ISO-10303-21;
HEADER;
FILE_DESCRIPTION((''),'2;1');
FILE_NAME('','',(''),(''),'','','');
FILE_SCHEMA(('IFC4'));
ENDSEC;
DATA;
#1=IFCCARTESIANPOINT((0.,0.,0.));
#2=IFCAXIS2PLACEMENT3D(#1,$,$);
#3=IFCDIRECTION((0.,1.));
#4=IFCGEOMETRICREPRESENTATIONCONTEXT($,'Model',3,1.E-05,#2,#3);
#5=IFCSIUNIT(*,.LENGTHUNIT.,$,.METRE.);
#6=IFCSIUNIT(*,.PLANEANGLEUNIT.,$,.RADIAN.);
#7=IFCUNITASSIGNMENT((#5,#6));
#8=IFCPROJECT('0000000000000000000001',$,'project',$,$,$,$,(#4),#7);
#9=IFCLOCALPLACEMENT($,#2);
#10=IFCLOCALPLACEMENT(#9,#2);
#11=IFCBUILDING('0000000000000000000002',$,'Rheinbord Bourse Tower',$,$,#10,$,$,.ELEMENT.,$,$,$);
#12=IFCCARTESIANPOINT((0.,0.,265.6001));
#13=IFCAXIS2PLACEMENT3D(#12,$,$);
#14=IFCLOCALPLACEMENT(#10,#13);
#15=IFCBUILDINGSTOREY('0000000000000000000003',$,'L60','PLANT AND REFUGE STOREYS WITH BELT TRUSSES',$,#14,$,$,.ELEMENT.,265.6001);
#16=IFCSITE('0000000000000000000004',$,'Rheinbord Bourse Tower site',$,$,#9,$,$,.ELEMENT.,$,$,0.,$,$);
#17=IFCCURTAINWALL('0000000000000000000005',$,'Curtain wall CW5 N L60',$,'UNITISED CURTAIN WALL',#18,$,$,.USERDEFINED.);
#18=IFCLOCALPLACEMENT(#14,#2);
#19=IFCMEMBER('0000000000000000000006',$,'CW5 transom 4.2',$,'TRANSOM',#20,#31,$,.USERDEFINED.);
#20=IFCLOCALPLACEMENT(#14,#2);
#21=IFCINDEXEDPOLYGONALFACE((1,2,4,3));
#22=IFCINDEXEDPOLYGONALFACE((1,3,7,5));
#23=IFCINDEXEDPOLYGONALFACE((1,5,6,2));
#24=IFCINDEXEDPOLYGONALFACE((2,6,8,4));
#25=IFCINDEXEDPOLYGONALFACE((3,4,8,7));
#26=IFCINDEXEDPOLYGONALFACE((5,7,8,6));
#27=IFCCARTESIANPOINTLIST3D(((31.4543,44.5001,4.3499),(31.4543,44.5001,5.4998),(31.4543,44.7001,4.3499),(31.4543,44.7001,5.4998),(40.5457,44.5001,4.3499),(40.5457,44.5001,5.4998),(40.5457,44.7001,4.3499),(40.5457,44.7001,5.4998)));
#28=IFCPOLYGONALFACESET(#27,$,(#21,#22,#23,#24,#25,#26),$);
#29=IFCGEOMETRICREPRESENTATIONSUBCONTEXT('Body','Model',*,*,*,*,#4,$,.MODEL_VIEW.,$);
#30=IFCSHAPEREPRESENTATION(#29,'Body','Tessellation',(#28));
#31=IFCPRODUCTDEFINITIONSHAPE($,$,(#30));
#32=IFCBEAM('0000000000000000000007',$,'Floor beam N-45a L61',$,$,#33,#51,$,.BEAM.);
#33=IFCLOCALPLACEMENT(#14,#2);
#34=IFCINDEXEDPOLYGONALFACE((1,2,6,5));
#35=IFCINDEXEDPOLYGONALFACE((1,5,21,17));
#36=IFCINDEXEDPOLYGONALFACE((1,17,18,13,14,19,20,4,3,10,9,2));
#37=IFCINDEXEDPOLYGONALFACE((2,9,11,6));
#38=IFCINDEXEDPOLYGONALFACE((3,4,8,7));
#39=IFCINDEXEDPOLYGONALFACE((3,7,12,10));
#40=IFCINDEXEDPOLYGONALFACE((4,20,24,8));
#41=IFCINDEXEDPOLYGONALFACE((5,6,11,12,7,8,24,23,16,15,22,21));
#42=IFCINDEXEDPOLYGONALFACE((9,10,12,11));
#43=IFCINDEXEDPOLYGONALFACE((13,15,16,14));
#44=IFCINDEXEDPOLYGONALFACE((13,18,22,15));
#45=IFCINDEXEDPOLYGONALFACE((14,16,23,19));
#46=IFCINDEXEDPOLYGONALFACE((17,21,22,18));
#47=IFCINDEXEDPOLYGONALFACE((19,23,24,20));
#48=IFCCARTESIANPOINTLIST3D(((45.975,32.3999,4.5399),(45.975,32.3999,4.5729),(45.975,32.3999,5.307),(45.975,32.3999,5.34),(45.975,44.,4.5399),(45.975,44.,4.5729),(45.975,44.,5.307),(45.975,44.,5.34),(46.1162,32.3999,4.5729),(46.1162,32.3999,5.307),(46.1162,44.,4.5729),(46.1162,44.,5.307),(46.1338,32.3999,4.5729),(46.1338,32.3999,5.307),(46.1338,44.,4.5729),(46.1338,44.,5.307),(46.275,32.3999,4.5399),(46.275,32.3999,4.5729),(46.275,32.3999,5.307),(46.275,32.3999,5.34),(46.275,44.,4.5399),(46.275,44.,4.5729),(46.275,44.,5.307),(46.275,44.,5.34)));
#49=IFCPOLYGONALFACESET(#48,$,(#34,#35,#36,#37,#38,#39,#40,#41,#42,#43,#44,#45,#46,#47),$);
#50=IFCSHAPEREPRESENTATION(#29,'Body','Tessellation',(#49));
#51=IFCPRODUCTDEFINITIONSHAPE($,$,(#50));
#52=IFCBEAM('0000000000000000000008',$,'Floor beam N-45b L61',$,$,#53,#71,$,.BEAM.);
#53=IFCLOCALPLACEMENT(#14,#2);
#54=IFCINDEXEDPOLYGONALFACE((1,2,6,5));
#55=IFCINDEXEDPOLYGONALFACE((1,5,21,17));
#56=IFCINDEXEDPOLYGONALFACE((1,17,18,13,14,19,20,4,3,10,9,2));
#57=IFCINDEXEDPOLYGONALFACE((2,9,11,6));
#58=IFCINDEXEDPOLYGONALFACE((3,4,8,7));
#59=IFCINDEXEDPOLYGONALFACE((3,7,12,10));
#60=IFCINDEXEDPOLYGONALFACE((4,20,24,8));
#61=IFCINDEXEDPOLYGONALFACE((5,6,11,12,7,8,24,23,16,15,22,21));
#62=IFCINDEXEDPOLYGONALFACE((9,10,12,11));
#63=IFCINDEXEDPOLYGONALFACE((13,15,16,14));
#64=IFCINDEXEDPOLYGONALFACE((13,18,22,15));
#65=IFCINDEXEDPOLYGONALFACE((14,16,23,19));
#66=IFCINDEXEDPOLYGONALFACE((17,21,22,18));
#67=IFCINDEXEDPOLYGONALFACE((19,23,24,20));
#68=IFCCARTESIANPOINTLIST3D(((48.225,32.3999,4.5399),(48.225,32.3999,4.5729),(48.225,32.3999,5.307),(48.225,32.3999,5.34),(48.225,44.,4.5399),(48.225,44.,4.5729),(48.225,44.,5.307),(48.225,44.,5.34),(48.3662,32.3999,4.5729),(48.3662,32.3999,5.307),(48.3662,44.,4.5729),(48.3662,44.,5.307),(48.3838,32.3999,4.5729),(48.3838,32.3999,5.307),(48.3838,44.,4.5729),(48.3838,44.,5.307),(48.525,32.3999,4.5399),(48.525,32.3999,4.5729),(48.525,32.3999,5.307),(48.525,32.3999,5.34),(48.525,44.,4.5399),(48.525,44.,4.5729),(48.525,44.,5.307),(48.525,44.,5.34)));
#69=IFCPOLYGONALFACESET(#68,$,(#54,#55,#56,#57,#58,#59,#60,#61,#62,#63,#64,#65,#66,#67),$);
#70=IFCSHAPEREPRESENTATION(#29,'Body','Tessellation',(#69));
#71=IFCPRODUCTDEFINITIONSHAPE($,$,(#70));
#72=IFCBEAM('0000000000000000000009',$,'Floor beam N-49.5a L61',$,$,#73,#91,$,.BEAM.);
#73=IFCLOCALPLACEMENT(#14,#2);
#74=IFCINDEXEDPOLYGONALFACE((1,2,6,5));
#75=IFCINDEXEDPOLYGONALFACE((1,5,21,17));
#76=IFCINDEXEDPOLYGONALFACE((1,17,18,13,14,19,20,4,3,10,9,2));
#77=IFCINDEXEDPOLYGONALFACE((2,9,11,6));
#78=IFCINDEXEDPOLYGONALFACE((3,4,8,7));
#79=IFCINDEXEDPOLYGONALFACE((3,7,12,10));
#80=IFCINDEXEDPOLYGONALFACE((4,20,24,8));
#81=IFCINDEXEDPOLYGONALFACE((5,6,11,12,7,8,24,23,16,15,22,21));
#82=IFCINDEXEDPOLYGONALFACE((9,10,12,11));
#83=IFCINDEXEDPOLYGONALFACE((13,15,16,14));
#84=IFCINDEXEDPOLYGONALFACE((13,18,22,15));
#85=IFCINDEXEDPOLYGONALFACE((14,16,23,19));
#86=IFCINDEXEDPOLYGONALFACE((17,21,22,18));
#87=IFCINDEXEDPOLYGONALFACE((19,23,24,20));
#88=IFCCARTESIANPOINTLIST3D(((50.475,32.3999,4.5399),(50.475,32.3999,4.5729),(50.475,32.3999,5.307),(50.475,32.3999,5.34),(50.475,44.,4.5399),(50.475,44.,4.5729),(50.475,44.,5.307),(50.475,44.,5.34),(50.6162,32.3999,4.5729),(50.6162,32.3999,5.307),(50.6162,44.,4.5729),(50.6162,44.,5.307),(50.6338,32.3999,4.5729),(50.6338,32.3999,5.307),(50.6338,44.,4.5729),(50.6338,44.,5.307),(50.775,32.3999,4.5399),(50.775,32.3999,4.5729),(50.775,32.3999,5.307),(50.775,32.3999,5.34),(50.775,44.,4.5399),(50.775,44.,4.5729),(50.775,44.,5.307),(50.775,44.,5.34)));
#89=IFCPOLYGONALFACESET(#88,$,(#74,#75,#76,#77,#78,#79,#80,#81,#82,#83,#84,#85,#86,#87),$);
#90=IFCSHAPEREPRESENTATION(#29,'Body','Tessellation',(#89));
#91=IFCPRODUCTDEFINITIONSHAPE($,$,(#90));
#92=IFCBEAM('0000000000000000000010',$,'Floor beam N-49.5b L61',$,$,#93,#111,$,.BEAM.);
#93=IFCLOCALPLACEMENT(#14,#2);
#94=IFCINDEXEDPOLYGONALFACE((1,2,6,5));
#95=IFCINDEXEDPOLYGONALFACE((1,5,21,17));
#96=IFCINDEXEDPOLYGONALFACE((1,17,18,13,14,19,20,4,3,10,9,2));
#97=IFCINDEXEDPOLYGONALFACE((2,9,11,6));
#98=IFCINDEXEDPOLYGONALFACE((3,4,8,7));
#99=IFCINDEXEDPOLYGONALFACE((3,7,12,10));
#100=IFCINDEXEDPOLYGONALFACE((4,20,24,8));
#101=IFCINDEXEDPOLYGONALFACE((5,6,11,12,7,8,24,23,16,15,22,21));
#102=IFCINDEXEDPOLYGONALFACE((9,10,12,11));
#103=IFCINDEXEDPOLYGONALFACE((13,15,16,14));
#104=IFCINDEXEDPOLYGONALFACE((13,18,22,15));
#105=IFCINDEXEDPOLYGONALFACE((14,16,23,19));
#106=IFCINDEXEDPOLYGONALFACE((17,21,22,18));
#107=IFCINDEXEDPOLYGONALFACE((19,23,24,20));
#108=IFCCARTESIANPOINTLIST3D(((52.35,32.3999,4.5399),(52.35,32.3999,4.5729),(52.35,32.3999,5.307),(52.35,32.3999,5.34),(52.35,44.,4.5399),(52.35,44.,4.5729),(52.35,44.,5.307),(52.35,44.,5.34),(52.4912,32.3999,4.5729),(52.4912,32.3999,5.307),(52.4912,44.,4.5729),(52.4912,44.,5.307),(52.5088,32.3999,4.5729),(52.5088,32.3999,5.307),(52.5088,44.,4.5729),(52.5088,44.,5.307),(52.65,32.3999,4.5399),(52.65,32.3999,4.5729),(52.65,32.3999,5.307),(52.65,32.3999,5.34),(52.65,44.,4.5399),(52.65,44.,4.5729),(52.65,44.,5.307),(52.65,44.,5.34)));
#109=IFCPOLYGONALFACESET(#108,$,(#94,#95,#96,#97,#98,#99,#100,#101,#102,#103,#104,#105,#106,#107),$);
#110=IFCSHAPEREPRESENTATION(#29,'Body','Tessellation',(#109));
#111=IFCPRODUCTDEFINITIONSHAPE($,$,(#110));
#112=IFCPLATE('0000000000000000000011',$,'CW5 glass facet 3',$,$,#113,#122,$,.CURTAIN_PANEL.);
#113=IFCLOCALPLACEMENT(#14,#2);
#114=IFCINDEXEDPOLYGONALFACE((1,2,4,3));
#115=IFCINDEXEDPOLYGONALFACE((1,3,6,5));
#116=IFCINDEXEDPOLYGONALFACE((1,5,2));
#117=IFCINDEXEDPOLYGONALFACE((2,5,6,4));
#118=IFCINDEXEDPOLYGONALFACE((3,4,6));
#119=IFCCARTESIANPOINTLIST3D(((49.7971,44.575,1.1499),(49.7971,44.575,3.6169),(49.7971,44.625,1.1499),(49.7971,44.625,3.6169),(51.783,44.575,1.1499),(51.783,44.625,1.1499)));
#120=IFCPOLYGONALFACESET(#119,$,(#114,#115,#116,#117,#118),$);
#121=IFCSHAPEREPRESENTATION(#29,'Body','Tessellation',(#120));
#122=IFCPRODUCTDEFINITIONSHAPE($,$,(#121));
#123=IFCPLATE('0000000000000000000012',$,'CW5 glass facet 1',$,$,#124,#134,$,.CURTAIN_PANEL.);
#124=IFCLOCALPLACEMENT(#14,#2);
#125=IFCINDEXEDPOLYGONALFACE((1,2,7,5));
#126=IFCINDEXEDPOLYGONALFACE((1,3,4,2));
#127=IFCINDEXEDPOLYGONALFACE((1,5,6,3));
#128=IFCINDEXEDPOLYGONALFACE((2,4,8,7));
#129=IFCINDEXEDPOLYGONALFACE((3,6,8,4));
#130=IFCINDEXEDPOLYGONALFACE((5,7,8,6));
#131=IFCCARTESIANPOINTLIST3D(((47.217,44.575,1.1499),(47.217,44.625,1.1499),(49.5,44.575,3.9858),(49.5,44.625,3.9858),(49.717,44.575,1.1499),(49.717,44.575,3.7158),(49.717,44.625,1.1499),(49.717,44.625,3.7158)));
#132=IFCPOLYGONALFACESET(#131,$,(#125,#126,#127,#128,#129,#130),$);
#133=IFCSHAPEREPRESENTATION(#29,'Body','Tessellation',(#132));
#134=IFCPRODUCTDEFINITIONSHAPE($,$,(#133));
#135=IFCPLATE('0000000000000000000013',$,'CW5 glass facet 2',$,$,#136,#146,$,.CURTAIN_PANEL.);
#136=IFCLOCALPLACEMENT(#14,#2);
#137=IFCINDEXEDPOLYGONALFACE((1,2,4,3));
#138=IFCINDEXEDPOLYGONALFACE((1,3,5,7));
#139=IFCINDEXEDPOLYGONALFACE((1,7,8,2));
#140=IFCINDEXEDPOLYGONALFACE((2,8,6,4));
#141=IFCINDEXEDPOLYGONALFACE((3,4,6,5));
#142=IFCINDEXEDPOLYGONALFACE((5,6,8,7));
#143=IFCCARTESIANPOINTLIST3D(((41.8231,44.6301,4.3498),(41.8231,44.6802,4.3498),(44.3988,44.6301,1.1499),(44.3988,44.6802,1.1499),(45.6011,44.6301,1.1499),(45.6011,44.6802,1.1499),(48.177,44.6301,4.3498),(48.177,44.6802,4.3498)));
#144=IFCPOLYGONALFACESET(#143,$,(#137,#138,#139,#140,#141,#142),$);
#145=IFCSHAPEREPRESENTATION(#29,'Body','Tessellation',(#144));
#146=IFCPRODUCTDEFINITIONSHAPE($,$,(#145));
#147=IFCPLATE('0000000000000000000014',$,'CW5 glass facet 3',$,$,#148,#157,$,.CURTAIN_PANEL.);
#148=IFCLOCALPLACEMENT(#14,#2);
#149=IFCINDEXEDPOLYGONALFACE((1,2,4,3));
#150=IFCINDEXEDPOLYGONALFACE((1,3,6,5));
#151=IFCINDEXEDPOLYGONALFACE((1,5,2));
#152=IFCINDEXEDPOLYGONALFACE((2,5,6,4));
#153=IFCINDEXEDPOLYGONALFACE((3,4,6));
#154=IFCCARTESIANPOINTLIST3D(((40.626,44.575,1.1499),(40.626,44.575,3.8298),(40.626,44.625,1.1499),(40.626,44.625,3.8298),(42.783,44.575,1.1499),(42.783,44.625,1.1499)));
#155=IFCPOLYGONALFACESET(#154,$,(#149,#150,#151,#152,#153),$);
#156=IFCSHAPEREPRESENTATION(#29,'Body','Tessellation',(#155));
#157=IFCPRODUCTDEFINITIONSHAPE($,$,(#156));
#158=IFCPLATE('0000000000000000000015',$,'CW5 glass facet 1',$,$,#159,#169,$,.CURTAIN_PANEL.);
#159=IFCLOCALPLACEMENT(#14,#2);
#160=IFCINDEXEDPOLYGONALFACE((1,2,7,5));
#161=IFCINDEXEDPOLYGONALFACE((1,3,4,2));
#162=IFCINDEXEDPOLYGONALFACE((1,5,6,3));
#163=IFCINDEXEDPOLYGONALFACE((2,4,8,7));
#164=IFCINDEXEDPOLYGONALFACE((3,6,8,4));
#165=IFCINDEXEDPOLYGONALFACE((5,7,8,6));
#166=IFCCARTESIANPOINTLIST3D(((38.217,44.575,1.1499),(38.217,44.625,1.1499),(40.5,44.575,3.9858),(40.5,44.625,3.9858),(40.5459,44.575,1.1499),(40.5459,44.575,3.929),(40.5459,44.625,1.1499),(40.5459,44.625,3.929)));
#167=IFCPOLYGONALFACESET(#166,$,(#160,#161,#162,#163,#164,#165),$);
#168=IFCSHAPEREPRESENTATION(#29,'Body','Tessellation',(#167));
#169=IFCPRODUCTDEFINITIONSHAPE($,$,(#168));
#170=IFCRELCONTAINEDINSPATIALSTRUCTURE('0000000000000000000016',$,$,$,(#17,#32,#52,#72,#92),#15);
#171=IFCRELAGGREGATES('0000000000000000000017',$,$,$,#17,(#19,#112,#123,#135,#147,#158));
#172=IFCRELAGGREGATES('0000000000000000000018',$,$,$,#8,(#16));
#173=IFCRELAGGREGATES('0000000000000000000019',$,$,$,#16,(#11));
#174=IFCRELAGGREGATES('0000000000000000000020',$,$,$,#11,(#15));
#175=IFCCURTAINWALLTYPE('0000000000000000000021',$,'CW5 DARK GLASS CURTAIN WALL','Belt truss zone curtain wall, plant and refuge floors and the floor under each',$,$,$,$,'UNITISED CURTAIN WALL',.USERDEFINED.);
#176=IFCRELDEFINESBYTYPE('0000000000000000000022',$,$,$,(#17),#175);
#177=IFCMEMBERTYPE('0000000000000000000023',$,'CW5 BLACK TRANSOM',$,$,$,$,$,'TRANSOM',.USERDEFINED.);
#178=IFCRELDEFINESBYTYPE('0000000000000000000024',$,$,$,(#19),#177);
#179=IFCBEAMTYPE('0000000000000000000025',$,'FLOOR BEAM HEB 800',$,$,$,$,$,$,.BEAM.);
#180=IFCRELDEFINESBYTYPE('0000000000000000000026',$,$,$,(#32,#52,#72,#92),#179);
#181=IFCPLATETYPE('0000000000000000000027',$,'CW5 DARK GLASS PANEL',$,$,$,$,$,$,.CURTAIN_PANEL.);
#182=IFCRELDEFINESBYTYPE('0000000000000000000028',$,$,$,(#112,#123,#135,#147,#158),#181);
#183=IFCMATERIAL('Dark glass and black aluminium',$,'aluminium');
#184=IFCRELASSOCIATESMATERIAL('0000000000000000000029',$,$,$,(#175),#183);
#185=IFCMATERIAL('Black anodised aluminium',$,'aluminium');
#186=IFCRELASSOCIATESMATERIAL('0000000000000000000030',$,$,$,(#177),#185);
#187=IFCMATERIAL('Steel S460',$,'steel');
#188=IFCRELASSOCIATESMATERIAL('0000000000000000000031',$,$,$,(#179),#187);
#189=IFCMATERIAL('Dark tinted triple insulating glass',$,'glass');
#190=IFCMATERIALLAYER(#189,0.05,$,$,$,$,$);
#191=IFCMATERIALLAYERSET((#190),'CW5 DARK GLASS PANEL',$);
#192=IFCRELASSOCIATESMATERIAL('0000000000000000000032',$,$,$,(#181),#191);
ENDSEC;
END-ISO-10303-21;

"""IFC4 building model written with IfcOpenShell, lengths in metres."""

from ifc_helpers import new_model, si_unit, direction, frame, origin, origin_2d, place, context, subcontext, project, spatial, polyline, rectangle, i_section, outline, extrude, material, layer, layer_set, material_profile, profile_set, type_object, element, aggregate, save


model = new_model("IFC4")

# Units and contexts
model_context = context("Model", 3, precision=1e-05, world=origin(), true_north=direction((0.0, 1.0)))
body_context = subcontext(model_context, "Body", "Model", "MODEL_VIEW")
ifc_project = project(units=[si_unit("LENGTHUNIT", "METRE"), si_unit("PLANEANGLEUNIT", "RADIAN")], contexts=[model_context])

# Site, building, storey
site_placement = place(None, origin())
site = spatial("IfcSite", under=ifc_project, at=site_placement, Name="Rheinbord Bourse Tower site", CompositionType="ELEMENT", RefElevation=0.0)
building_placement = place(site_placement, origin())
building = spatial("IfcBuilding", under=site, at=building_placement, Name="Rheinbord Bourse Tower", CompositionType="ELEMENT")
storey_placement = place(building_placement, frame((0.0, 0.0, 265.6001)))
storey = spatial("IfcBuildingStorey", under=building, at=storey_placement, Name="L60", Description="PLANT AND REFUGE STOREYS WITH BELT TRUSSES", CompositionType="ELEMENT", Elevation=265.6001)

# Curtain wall, member
ifc_material_1 = material(Name="Dark glass and black aluminium", Category="aluminium")
curtain_wall_type = type_object("IfcCurtainWallType", Name="CW5 DARK GLASS CURTAIN WALL", Description="Belt truss zone curtain wall, plant and refuge floors and the floor under each", ElementType="UNITISED CURTAIN WALL", PredefinedType="USERDEFINED", material=ifc_material_1)
curtain_wall_placement = place(storey_placement, origin())
curtain_wall = element("IfcCurtainWall", 1, at=curtain_wall_placement, inside=storey, type_object=curtain_wall_type, Name="Curtain wall CW5 N L60", ObjectType="UNITISED CURTAIN WALL", PredefinedType="USERDEFINED")
ifc_material_2 = material(Name="Black anodised aluminium", Category="aluminium")
ifc_material_profile_1 = material_profile(ifc_material_2, rectangle(XDim=0.2, YDim=1.1499, at=origin_2d()), Name="CW5 TRANSOM 1150x200")
ifc_profile_set_1 = profile_set([ifc_material_profile_1], Name="Black anodised aluminium")
member_type_1 = type_object("IfcMemberType", Name="CW5 BLACK TRANSOM", ElementType="TRANSOM", PredefinedType="USERDEFINED", material=ifc_profile_set_1)
member_1_placement = place(storey_placement, frame((40.5457, 44.6001, 4.9248), z_axis=(-1.0, 0.0, 0.0), x_axis=(0.0, -1.0, 0.0)))
member_1 = element("IfcMember", 2, at=member_1_placement, type_object=member_type_1, Name="CW5 transom 4.2", ObjectType="TRANSOM", PredefinedType="USERDEFINED", context=body_context, shape_type="SweptSolid", body=[
    extrude(rectangle(XDim=0.2, YDim=1.1499, at=origin_2d()), origin(), (0.0, 0.0, 1.0), 9.0913),
])

# Beams
ifc_material_3 = material(Name="Steel S460", Category="steel")
ifc_material_profile_2 = material_profile(ifc_material_3, i_section(OverallWidth=0.3, OverallDepth=0.8, WebThickness=0.0176, FlangeThickness=0.033, at=origin_2d()), Name="HEB 800")
ifc_profile_set_2 = profile_set([ifc_material_profile_2], Name="Steel S460")
beam_type_1 = type_object("IfcBeamType", Name="FLOOR BEAM HEB 800", PredefinedType="BEAM", material=ifc_profile_set_2)
for number, where, z_axis, x_axis, name in (
    (3, (46.125, 44.0, 4.9399), (0.0, -1.0, 0.0), (1.0, 0.0, 0.0), "Floor beam N-45a L61"),
    (4, (48.375, 44.0, 4.9399), (0.0, -1.0, 0.0), (1.0, 0.0, 0.0), "Floor beam N-45b L61"),
    (5, (50.625, 44.0, 4.9399), (0.0, -1.0, 0.0), (1.0, 0.0, 0.0), "Floor beam N-49.5a L61"),
    (6, (52.5, 44.0, 4.9399), (0.0, -1.0, 0.0), (1.0, 0.0, 0.0), "Floor beam N-49.5b L61"),
):
    element("IfcBeam", number, at=place(storey_placement, frame(where, z_axis=z_axis, x_axis=x_axis)), inside=storey, type_object=beam_type_1, Name=name, PredefinedType="BEAM", context=body_context, shape_type="SweptSolid", body=[
        extrude(i_section(OverallWidth=0.3, OverallDepth=0.8, WebThickness=0.0176, FlangeThickness=0.033, at=origin_2d()), origin(), (0.0, 0.0, 1.0), 11.6001),
    ])

# Plates
ifc_material_4 = material(Name="Dark tinted triple insulating glass", Category="glass")
ifc_layer = layer(ifc_material_4, 0.05)
ifc_layer_set = layer_set([ifc_layer], Name="CW5 DARK GLASS PANEL")
plate_type = type_object("IfcPlateType", Name="CW5 DARK GLASS PANEL", PredefinedType="CURTAIN_PANEL", material=ifc_layer_set)
plate_1_placement = place(storey_placement, frame((49.7971, 44.625, 1.1499), z_axis=(0.0, -1.0, 0.0), x_axis=(1.0, 0.0, 0.0)))
plate_1 = element("IfcPlate", 7, at=plate_1_placement, type_object=plate_type, Name="CW5 glass facet 3", PredefinedType="CURTAIN_PANEL", context=body_context, shape_type="SweptSolid", body=[
    extrude(outline(polyline([(0.0, 0.0), (1.9858, 0.0), (0.0, 2.467), (0.0, 0.0)])), origin(), (0.0, 0.0, 1.0), 0.05),
])
plate_2_placement = place(storey_placement, frame((49.717, 44.625, 1.1499), z_axis=(0.0, -1.0, 0.0), x_axis=(0.0, 0.0, 1.0)))
plate_2 = element("IfcPlate", 8, at=plate_2_placement, type_object=plate_type, Name="CW5 glass facet 1", PredefinedType="CURTAIN_PANEL", context=body_context, shape_type="SweptSolid", body=[
    extrude(outline(polyline([(0.0, 0.0), (2.5659, 0.0), (2.8359, 0.217), (0.0, 2.5), (0.0, 0.0)])), origin(), (0.0, 0.0, 1.0), 0.05),
])
plate_3_placement = place(storey_placement, frame((45.6011, 44.6802, 1.1499), z_axis=(0.0, -1.0, 0.0), x_axis=(0.627062, 0.0, 0.778969)))
plate_3 = element("IfcPlate", 9, at=plate_3_placement, type_object=plate_type, Name="CW5 glass facet 2", PredefinedType="CURTAIN_PANEL", context=body_context, shape_type="SweptSolid", body=[
    extrude(outline(polyline([(0.0, 0.0), (4.1079, 0.0), (0.1235, 4.9495), (-0.7539, 0.9365), (0.0, 0.0)])), origin(), (0.0, 0.0, 1.0), 0.05),
])
plate_4_placement = place(storey_placement, frame((40.626, 44.625, 1.1499), z_axis=(0.0, -1.0, 0.0), x_axis=(1.0, 0.0, 0.0)))
plate_4 = element("IfcPlate", 10, at=plate_4_placement, type_object=plate_type, Name="CW5 glass facet 3", PredefinedType="CURTAIN_PANEL", context=body_context, shape_type="SweptSolid", body=[
    extrude(outline(polyline([(0.0, 0.0), (2.157, 0.0), (0.0, 2.6799), (0.0, 0.0)])), origin(), (0.0, 0.0, 1.0), 0.05),
])
plate_5_placement = place(storey_placement, frame((40.5459, 44.625, 1.1499), z_axis=(0.0, -1.0, 0.0), x_axis=(0.0, 0.0, 1.0)))
plate_5 = element("IfcPlate", 11, at=plate_5_placement, type_object=plate_type, Name="CW5 glass facet 1", PredefinedType="CURTAIN_PANEL", context=body_context, shape_type="SweptSolid", body=[
    extrude(outline(polyline([(0.0, 0.0), (2.7791, 0.0), (2.8359, 0.0459), (0.0, 2.3289), (0.0, 0.0)])), origin(), (0.0, 0.0, 1.0), 0.05),
])
aggregate(curtain_wall, [member_1, plate_1, plate_2, plate_3, plate_4, plate_5])

save(model, "model.ifc")
